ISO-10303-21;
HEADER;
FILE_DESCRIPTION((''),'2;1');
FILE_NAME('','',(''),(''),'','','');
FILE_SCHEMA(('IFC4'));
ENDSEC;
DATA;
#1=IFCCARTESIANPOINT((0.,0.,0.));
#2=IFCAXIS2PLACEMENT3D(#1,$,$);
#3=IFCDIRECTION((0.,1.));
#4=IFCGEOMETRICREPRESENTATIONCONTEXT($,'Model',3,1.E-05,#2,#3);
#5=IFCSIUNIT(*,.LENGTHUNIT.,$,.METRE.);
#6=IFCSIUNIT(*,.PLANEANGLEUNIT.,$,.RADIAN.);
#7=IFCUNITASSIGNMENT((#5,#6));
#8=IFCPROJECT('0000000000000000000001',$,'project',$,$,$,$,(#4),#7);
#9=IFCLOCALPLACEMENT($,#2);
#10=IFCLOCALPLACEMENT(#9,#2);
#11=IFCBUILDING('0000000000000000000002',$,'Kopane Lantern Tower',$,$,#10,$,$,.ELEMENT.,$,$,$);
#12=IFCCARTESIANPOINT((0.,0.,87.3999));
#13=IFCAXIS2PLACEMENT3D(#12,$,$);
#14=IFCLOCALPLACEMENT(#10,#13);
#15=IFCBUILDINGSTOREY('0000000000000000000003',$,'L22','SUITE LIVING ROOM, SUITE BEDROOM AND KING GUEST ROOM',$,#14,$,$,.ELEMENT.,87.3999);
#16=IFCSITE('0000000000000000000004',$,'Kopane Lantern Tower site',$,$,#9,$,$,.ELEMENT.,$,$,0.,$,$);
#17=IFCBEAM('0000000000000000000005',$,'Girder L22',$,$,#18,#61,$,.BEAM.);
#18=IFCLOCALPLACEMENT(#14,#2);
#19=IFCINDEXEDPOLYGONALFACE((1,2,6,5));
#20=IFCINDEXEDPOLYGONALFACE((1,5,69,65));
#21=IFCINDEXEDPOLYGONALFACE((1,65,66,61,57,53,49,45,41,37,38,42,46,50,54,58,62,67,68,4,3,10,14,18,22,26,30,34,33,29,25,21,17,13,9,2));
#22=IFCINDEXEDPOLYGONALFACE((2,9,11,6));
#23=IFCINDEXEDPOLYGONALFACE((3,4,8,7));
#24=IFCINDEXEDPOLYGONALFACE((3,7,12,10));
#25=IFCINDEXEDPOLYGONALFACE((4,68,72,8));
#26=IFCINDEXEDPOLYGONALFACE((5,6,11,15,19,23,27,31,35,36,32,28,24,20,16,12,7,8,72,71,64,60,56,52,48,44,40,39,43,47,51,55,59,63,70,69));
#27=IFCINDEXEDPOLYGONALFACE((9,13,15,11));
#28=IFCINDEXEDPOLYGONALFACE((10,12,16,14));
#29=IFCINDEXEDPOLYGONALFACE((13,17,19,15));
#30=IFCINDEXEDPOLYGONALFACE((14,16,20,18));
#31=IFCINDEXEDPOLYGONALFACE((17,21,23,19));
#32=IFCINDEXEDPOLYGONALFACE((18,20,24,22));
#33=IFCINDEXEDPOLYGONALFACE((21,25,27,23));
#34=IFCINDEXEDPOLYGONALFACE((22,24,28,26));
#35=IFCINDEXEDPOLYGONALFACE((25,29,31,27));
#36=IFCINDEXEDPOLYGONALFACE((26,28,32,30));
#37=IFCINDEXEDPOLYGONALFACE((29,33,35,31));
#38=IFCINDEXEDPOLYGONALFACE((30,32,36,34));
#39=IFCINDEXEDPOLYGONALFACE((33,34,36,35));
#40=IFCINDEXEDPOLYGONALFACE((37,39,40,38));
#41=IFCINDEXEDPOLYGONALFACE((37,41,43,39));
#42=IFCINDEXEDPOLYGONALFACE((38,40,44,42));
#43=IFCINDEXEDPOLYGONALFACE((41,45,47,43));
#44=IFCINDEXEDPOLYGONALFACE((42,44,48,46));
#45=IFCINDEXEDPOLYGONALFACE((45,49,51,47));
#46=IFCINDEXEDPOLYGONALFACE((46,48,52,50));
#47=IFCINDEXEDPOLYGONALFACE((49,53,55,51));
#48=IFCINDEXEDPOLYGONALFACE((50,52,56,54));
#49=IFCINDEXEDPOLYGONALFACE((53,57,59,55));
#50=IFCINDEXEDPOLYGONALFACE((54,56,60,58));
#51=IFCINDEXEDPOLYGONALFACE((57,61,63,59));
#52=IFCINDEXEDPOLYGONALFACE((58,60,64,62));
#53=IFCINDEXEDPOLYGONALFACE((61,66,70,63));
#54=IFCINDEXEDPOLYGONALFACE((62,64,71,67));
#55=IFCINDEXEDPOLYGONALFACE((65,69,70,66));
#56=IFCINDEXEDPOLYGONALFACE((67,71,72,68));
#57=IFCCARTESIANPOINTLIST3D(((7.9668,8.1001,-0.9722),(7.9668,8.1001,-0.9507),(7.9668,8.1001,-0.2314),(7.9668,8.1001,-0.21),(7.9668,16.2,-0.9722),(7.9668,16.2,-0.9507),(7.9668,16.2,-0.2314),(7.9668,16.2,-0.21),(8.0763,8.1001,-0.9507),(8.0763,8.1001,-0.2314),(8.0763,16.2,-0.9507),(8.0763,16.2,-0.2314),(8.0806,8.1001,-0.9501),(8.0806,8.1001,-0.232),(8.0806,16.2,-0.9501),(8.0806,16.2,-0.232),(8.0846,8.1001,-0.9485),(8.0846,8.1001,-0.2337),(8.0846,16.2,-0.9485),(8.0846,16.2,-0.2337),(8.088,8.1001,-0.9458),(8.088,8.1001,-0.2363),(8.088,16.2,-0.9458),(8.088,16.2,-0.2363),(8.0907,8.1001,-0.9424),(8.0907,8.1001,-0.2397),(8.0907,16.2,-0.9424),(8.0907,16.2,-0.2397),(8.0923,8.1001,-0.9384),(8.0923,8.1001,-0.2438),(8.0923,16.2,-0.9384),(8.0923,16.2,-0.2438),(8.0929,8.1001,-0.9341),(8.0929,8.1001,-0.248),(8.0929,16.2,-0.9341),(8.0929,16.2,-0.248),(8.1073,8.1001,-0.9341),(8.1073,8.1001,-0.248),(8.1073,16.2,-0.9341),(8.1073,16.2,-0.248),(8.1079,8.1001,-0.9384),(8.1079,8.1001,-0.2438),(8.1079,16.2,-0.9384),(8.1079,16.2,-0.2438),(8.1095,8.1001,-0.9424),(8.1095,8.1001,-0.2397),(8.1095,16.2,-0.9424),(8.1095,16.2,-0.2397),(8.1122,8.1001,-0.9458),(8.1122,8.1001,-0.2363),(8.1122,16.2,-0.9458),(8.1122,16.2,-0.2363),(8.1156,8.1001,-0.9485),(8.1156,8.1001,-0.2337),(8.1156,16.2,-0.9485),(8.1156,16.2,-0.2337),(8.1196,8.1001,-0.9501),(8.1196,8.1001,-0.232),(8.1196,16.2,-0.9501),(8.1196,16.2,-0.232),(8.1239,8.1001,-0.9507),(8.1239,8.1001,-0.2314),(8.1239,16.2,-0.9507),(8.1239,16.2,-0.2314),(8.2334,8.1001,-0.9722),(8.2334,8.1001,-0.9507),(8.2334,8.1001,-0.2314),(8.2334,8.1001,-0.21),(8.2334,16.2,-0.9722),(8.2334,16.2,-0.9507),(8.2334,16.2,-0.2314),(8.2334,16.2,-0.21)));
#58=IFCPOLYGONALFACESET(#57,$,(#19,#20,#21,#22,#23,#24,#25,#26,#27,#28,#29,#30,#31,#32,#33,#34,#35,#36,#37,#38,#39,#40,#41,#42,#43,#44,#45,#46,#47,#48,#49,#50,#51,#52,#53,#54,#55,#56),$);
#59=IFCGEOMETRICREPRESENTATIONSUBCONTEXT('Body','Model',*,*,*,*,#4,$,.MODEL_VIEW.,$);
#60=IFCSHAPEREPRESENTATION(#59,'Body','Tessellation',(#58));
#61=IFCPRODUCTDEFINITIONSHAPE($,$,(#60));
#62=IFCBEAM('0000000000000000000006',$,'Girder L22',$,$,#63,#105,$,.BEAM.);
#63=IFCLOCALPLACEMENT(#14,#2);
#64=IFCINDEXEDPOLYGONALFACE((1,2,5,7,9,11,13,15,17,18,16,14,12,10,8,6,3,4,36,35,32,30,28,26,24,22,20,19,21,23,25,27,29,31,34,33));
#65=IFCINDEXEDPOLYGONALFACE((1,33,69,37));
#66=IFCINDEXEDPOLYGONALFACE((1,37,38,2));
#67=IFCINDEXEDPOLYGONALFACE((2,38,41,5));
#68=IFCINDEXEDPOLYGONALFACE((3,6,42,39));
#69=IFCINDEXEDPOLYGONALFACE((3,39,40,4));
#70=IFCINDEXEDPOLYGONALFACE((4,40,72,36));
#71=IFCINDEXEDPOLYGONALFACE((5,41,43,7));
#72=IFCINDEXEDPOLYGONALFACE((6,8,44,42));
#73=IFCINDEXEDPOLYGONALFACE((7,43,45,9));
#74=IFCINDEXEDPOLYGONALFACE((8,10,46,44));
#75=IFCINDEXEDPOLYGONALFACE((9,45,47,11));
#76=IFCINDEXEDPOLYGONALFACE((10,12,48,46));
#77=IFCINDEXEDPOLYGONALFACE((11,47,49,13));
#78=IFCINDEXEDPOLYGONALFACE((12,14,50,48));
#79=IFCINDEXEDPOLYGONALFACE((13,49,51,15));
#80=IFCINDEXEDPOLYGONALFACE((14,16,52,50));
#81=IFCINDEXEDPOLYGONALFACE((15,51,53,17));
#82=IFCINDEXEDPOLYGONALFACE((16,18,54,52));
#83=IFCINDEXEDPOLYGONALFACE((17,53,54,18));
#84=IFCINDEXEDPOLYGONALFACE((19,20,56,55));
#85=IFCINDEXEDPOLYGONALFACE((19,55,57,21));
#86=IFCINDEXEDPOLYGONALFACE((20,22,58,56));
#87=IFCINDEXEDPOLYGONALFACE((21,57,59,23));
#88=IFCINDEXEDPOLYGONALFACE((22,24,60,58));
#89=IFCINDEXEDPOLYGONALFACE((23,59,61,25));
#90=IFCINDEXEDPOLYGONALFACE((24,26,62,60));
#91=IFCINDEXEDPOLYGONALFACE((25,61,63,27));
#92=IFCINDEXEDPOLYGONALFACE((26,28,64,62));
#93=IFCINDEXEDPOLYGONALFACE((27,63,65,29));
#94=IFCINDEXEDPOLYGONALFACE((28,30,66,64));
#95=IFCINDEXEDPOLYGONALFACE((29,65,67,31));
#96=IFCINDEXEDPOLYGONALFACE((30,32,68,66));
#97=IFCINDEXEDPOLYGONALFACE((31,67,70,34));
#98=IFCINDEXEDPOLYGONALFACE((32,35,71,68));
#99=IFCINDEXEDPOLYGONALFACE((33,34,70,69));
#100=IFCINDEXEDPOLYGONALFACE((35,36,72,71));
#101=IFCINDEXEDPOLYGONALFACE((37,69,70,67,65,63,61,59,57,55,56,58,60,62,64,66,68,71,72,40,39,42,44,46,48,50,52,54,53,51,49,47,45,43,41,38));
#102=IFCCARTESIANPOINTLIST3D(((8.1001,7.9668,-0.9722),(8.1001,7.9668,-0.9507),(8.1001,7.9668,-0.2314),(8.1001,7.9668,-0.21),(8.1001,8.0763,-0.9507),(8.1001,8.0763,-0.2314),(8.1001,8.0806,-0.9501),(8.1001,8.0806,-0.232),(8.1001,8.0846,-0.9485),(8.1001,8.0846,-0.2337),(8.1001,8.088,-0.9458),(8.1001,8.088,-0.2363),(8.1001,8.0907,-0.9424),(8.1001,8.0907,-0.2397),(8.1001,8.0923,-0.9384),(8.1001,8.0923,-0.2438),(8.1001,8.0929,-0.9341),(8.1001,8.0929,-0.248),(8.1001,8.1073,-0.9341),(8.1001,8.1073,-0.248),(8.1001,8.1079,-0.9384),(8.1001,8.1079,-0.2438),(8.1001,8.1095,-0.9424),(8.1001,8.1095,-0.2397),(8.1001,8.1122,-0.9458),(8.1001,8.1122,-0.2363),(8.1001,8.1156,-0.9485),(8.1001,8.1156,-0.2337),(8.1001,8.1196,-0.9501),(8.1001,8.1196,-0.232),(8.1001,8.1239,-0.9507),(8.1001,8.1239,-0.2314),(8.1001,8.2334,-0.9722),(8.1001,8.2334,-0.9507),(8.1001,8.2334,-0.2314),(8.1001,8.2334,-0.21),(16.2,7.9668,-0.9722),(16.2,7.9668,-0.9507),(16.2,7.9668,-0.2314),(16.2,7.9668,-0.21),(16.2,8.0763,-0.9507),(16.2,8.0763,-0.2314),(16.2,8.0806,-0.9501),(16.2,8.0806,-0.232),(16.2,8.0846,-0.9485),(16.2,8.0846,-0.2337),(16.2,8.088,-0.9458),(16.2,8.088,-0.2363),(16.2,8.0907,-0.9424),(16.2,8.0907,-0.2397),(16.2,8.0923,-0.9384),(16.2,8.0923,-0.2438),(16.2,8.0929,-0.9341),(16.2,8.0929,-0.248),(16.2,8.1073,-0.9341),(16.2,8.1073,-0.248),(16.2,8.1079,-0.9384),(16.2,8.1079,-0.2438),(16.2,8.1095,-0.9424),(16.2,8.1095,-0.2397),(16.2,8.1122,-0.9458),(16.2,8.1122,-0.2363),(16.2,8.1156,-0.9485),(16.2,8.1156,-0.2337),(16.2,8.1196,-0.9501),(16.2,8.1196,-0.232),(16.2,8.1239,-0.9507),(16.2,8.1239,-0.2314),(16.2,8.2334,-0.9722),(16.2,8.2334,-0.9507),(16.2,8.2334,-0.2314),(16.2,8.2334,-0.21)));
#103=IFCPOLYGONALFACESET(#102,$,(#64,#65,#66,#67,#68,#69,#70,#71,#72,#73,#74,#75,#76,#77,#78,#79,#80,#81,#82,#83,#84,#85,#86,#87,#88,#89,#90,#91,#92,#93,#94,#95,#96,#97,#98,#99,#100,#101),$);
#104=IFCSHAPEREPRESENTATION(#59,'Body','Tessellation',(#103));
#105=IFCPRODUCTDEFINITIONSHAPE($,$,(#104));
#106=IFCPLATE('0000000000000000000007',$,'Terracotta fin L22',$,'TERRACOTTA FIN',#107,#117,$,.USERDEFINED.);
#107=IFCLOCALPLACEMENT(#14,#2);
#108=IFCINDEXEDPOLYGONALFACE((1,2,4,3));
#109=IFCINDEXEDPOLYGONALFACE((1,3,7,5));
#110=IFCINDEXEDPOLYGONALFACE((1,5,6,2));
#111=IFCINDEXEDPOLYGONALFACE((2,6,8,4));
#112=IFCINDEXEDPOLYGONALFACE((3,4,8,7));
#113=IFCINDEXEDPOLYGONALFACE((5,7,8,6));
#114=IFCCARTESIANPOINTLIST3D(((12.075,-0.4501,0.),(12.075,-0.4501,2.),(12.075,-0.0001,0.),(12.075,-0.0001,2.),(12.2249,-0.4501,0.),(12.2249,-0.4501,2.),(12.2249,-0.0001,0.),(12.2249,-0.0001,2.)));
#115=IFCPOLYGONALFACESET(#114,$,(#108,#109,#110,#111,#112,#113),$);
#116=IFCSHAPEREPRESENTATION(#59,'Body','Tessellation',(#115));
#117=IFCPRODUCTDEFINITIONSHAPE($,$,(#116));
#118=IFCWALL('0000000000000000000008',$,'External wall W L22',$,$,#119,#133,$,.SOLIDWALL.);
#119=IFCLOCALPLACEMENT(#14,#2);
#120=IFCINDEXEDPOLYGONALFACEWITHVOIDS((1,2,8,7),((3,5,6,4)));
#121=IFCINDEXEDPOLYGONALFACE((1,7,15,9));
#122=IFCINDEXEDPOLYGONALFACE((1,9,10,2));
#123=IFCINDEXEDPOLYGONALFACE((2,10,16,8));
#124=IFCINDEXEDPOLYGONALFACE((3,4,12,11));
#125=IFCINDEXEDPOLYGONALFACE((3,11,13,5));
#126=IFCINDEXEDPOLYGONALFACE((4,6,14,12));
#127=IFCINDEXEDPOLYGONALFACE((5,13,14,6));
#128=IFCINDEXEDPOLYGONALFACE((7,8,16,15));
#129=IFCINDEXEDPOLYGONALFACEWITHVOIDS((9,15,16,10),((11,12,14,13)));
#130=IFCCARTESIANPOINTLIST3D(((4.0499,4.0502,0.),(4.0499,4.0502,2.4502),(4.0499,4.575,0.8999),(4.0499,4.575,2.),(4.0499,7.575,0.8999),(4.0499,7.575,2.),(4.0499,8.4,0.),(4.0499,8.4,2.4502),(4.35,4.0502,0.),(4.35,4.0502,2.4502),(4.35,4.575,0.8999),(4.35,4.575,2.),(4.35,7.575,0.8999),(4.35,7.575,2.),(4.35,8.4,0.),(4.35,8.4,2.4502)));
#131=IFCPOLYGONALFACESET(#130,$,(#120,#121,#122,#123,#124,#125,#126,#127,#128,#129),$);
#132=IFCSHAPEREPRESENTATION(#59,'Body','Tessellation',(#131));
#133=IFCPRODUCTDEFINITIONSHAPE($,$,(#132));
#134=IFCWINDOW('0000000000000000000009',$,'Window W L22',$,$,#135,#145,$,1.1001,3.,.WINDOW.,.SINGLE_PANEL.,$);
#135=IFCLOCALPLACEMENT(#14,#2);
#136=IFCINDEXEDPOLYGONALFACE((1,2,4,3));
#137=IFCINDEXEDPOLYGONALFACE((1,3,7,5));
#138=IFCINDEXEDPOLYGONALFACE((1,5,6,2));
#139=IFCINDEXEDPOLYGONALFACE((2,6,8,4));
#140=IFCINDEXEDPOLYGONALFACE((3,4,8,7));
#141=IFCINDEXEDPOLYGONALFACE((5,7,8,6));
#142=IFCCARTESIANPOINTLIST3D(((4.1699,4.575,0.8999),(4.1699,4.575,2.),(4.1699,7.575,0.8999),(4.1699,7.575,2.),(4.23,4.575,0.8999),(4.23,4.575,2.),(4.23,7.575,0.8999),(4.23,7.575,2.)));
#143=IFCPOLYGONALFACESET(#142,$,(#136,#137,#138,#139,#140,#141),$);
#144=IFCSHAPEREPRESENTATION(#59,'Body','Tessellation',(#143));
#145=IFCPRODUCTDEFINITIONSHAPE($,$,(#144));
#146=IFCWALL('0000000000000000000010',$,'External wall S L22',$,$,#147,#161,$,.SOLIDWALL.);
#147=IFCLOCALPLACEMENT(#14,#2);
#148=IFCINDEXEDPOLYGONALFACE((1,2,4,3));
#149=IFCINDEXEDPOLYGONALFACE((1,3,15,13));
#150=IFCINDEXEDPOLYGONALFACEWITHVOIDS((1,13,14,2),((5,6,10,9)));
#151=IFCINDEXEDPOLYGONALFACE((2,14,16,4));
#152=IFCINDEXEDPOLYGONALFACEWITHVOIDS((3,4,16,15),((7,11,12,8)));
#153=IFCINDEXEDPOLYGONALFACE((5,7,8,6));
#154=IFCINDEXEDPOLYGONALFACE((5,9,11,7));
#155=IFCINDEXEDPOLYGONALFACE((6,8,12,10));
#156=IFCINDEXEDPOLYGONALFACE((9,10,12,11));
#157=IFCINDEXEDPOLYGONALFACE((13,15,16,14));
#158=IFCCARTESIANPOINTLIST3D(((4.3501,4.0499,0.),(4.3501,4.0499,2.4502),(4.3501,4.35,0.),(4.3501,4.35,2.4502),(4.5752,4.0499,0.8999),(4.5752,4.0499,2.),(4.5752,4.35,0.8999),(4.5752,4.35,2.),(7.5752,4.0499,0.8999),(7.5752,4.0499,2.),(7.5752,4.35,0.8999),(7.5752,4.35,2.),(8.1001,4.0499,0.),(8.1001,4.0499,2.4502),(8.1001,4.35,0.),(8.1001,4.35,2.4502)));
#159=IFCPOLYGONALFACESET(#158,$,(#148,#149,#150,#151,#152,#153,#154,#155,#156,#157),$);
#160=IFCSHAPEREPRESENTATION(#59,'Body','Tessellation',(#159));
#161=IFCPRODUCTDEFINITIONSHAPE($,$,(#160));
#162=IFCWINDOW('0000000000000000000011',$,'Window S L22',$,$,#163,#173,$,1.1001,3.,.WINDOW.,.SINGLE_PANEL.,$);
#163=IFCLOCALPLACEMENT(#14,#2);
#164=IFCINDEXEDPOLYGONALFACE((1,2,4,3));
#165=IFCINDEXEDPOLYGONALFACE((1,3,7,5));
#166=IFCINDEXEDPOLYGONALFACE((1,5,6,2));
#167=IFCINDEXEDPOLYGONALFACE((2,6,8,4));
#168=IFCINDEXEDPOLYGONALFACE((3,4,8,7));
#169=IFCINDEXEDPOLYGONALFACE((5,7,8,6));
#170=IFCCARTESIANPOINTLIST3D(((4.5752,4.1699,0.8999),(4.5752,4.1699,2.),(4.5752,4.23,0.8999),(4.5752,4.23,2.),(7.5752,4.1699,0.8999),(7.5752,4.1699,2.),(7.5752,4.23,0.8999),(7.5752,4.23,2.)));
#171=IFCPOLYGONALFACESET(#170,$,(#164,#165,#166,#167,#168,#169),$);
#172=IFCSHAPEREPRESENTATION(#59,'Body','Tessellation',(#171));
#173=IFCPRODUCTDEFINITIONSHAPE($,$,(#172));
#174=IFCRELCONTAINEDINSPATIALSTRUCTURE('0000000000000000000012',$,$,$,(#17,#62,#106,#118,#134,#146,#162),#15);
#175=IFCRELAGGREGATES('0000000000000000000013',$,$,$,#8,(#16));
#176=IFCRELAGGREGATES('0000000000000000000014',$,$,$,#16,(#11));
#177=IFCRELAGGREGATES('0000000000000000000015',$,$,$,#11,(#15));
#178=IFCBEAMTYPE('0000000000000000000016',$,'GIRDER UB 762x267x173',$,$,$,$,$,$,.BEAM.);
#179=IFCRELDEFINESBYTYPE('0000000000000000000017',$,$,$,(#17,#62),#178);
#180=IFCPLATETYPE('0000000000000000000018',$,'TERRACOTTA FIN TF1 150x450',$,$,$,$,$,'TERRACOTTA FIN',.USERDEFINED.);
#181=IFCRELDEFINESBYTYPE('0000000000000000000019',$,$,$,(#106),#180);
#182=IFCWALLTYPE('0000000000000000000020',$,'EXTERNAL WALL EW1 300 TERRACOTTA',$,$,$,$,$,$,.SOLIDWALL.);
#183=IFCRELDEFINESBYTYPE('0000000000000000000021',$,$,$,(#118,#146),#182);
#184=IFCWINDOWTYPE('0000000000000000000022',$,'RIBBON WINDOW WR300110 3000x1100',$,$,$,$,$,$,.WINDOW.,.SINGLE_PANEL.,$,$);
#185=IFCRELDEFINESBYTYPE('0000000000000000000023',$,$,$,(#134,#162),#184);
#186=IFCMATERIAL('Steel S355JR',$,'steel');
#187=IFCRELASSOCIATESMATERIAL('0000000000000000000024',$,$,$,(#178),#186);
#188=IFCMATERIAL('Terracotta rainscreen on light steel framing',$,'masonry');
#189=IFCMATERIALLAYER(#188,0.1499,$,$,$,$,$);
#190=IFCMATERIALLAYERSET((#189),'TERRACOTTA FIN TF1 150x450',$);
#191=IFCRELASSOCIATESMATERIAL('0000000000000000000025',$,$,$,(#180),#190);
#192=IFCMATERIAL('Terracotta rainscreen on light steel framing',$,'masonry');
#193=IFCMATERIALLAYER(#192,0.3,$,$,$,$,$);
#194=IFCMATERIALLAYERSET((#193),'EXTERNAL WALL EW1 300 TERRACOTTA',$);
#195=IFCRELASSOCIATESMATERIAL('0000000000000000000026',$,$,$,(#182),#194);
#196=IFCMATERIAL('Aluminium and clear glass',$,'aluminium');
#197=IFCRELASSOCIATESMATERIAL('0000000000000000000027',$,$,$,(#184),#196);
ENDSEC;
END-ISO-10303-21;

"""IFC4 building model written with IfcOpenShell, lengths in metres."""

from ifc_helpers import new_model, si_unit, direction, frame, frame_2d, origin, origin_2d, place, context, subcontext, project, spatial, rectangle, i_section, extrude, material, layer, layer_set, material_profile, profile_set, type_object, element, fill, save


model = new_model("IFC4")

# Units and contexts
model_context = context("Model", 3, precision=1e-05, world=origin(), true_north=direction((0.0, 1.0)))
body_context = subcontext(model_context, "Body", "Model", "MODEL_VIEW")
ifc_project = project(units=[si_unit("LENGTHUNIT", "METRE"), si_unit("PLANEANGLEUNIT", "RADIAN")], contexts=[model_context])

# Site, building, storey
site_placement = place(None, origin())
site = spatial("IfcSite", under=ifc_project, at=site_placement, Name="Kopane Lantern Tower site", CompositionType="ELEMENT", RefElevation=0.0)
building_placement = place(site_placement, origin())
building = spatial("IfcBuilding", under=site, at=building_placement, Name="Kopane Lantern Tower", CompositionType="ELEMENT")
storey_placement = place(building_placement, frame((0.0, 0.0, 87.3999)))
storey = spatial("IfcBuildingStorey", under=building, at=storey_placement, Name="L22", Description="SUITE LIVING ROOM, SUITE BEDROOM AND KING GUEST ROOM", CompositionType="ELEMENT", Elevation=87.3999)

# Beams
ifc_material_1 = material(Name="Steel S355JR", Category="steel")
ifc_material_profile_1 = material_profile(ifc_material_1, i_section(OverallWidth=0.2666, OverallDepth=0.7622, WebThickness=0.0144, FlangeThickness=0.0215, FilletRadius=0.0166, at=origin_2d()), Name="UB 762x267x173")
ifc_profile_set_1 = profile_set([ifc_material_profile_1], Name="Steel S355JR")
beam_type_1 = type_object("IfcBeamType", Name="GIRDER UB 762x267x173", PredefinedType="BEAM", material=ifc_profile_set_1)
for number, where, z_axis, x_axis, name in (
    (1, (8.1001, 8.1001, -0.5911), (0.0, 1.0, 0.0), (-1.0, 0.0, 0.0), "Girder L22"),
    (2, (8.1001, 8.1001, -0.5911), (1.0, 0.0, 0.0), (0.0, 1.0, 0.0), "Girder L22"),
):
    element("IfcBeam", number, at=place(storey_placement, frame(where, z_axis=z_axis, x_axis=x_axis)), inside=storey, type_object=beam_type_1, Name=name, PredefinedType="BEAM", context=body_context, shape_type="SweptSolid", body=[
        extrude(i_section(OverallWidth=0.2666, OverallDepth=0.7622, WebThickness=0.0144, FlangeThickness=0.0215, FilletRadius=0.0166, at=origin_2d()), origin(), (0.0, 0.0, 1.0), 8.0999),
    ])

# Plate
ifc_material_2 = material(Name="Terracotta rainscreen on light steel framing", Category="masonry")
ifc_layer_1 = layer(ifc_material_2, 0.1499)
ifc_layer_set_1 = layer_set([ifc_layer_1], Name="TERRACOTTA FIN TF1 150x450")
plate_type = type_object("IfcPlateType", Name="TERRACOTTA FIN TF1 150x450", ElementType="TERRACOTTA FIN", PredefinedType="USERDEFINED", material=ifc_layer_set_1)
plate_placement = place(storey_placement, frame((12.1499, -0.2251, 0.0), z_axis=(0.0, 0.0, 1.0), x_axis=(1.0, 0.0, 0.0)))
element("IfcPlate", 3, at=plate_placement, inside=storey, type_object=plate_type, Name="Terracotta fin L22", ObjectType="TERRACOTTA FIN", PredefinedType="USERDEFINED", context=body_context, shape_type="SweptSolid", body=[
    extrude(rectangle(XDim=0.1499, YDim=0.45, at=origin_2d()), origin(), (0.0, 0.0, 1.0), 2.0),
])

# Shared definitions
ifc_material_3 = material(Name="Terracotta rainscreen on light steel framing", Category="masonry")
ifc_layer_2 = layer(ifc_material_3, 0.3)
ifc_layer_set_2 = layer_set([ifc_layer_2], Name="EXTERNAL WALL EW1 300 TERRACOTTA")
wall_type = type_object("IfcWallType", Name="EXTERNAL WALL EW1 300 TERRACOTTA", PredefinedType="SOLIDWALL", material=ifc_layer_set_2)
ifc_material_4 = material(Name="Aluminium and clear glass", Category="aluminium")
window_type = type_object("IfcWindowType", Name="RIBBON WINDOW WR300110 3000x1100", PartitioningType="SINGLE_PANEL", PredefinedType="WINDOW", material=ifc_material_4)

# Walls, openings, windows
wall_1_placement = place(storey_placement, frame((4.2, 8.3999, 0.0), z_axis=(0.0, 0.0, 1.0), x_axis=(0.0, -1.0, 0.0)))
wall_1 = element("IfcWall", 4, at=wall_1_placement, inside=storey, type_object=wall_type, Name="External wall W L22", PredefinedType="SOLIDWALL", context=body_context, shape_type="SweptSolid", body=[
    extrude(rectangle(XDim=4.3499, YDim=0.3, at=frame_2d((2.1748, 0.0))), origin(), (0.0, 0.0, 1.0), 2.4502),
])
opening_1_placement = place(wall_1_placement, frame((0.825, 0.0, 0.8999)))
opening_1 = element("IfcOpeningElement", 5, at=opening_1_placement, cuts=wall_1, PredefinedType="OPENING", context=body_context, shape_type="SweptSolid", body=[
    extrude(rectangle(XDim=3.0, YDim=1.1001, at=frame_2d((1.5, 0.55))), frame((0.0, 0.1599, 0.0), z_axis=(0.0, -1.0, 0.0), x_axis=(1.0, 0.0, 0.0)), (0.0, 0.0, 1.0), 0.3201),
])
window_1_placement = place(opening_1_placement, origin())
window_1 = element("IfcWindow", 6, at=window_1_placement, inside=storey, type_object=window_type, Name="Window W L22", OverallHeight=1.1001, OverallWidth=3.0, PartitioningType="SINGLE_PANEL", PredefinedType="WINDOW", context=body_context, shape_type="SweptSolid", body=[
    extrude(rectangle(XDim=3.0, YDim=1.1001, at=frame_2d((1.5, 0.55))), frame((0.0, 0.03, 0.0), z_axis=(0.0, -1.0, 0.0), x_axis=(1.0, 0.0, 0.0)), (0.0, 0.0, 1.0), 0.0601),
])
fill(opening_1, window_1)
wall_2_placement = place(storey_placement, frame((4.3501, 4.2, 0.0), z_axis=(0.0, 0.0, 1.0), x_axis=(1.0, 0.0, 0.0)))
wall_2 = element("IfcWall", 7, at=wall_2_placement, inside=storey, type_object=wall_type, Name="External wall S L22", PredefinedType="SOLIDWALL", context=body_context, shape_type="SweptSolid", body=[
    extrude(rectangle(XDim=3.75, YDim=0.3, at=frame_2d((1.875, 0.0))), origin(), (0.0, 0.0, 1.0), 2.4502),
])
opening_2_placement = place(wall_2_placement, frame((0.2251, 0.0, 0.8999)))
opening_2 = element("IfcOpeningElement", 8, at=opening_2_placement, cuts=wall_2, PredefinedType="OPENING", context=body_context, shape_type="SweptSolid", body=[
    extrude(rectangle(XDim=3.0, YDim=1.1001, at=frame_2d((1.5, 0.55))), frame((0.0, 0.1599, 0.0), z_axis=(0.0, -1.0, 0.0), x_axis=(1.0, 0.0, 0.0)), (0.0, 0.0, 1.0), 0.3201),
])
window_2_placement = place(opening_2_placement, origin())
window_2 = element("IfcWindow", 9, at=window_2_placement, inside=storey, type_object=window_type, Name="Window S L22", OverallHeight=1.1001, OverallWidth=3.0, PartitioningType="SINGLE_PANEL", PredefinedType="WINDOW", context=body_context, shape_type="SweptSolid", body=[
    extrude(rectangle(XDim=3.0, YDim=1.1001, at=frame_2d((1.5, 0.55))), frame((0.0, 0.03, 0.0), z_axis=(0.0, -1.0, 0.0), x_axis=(1.0, 0.0, 0.0)), (0.0, 0.0, 1.0), 0.0601),
])
fill(opening_2, window_2)

save(model, "model.ifc")
